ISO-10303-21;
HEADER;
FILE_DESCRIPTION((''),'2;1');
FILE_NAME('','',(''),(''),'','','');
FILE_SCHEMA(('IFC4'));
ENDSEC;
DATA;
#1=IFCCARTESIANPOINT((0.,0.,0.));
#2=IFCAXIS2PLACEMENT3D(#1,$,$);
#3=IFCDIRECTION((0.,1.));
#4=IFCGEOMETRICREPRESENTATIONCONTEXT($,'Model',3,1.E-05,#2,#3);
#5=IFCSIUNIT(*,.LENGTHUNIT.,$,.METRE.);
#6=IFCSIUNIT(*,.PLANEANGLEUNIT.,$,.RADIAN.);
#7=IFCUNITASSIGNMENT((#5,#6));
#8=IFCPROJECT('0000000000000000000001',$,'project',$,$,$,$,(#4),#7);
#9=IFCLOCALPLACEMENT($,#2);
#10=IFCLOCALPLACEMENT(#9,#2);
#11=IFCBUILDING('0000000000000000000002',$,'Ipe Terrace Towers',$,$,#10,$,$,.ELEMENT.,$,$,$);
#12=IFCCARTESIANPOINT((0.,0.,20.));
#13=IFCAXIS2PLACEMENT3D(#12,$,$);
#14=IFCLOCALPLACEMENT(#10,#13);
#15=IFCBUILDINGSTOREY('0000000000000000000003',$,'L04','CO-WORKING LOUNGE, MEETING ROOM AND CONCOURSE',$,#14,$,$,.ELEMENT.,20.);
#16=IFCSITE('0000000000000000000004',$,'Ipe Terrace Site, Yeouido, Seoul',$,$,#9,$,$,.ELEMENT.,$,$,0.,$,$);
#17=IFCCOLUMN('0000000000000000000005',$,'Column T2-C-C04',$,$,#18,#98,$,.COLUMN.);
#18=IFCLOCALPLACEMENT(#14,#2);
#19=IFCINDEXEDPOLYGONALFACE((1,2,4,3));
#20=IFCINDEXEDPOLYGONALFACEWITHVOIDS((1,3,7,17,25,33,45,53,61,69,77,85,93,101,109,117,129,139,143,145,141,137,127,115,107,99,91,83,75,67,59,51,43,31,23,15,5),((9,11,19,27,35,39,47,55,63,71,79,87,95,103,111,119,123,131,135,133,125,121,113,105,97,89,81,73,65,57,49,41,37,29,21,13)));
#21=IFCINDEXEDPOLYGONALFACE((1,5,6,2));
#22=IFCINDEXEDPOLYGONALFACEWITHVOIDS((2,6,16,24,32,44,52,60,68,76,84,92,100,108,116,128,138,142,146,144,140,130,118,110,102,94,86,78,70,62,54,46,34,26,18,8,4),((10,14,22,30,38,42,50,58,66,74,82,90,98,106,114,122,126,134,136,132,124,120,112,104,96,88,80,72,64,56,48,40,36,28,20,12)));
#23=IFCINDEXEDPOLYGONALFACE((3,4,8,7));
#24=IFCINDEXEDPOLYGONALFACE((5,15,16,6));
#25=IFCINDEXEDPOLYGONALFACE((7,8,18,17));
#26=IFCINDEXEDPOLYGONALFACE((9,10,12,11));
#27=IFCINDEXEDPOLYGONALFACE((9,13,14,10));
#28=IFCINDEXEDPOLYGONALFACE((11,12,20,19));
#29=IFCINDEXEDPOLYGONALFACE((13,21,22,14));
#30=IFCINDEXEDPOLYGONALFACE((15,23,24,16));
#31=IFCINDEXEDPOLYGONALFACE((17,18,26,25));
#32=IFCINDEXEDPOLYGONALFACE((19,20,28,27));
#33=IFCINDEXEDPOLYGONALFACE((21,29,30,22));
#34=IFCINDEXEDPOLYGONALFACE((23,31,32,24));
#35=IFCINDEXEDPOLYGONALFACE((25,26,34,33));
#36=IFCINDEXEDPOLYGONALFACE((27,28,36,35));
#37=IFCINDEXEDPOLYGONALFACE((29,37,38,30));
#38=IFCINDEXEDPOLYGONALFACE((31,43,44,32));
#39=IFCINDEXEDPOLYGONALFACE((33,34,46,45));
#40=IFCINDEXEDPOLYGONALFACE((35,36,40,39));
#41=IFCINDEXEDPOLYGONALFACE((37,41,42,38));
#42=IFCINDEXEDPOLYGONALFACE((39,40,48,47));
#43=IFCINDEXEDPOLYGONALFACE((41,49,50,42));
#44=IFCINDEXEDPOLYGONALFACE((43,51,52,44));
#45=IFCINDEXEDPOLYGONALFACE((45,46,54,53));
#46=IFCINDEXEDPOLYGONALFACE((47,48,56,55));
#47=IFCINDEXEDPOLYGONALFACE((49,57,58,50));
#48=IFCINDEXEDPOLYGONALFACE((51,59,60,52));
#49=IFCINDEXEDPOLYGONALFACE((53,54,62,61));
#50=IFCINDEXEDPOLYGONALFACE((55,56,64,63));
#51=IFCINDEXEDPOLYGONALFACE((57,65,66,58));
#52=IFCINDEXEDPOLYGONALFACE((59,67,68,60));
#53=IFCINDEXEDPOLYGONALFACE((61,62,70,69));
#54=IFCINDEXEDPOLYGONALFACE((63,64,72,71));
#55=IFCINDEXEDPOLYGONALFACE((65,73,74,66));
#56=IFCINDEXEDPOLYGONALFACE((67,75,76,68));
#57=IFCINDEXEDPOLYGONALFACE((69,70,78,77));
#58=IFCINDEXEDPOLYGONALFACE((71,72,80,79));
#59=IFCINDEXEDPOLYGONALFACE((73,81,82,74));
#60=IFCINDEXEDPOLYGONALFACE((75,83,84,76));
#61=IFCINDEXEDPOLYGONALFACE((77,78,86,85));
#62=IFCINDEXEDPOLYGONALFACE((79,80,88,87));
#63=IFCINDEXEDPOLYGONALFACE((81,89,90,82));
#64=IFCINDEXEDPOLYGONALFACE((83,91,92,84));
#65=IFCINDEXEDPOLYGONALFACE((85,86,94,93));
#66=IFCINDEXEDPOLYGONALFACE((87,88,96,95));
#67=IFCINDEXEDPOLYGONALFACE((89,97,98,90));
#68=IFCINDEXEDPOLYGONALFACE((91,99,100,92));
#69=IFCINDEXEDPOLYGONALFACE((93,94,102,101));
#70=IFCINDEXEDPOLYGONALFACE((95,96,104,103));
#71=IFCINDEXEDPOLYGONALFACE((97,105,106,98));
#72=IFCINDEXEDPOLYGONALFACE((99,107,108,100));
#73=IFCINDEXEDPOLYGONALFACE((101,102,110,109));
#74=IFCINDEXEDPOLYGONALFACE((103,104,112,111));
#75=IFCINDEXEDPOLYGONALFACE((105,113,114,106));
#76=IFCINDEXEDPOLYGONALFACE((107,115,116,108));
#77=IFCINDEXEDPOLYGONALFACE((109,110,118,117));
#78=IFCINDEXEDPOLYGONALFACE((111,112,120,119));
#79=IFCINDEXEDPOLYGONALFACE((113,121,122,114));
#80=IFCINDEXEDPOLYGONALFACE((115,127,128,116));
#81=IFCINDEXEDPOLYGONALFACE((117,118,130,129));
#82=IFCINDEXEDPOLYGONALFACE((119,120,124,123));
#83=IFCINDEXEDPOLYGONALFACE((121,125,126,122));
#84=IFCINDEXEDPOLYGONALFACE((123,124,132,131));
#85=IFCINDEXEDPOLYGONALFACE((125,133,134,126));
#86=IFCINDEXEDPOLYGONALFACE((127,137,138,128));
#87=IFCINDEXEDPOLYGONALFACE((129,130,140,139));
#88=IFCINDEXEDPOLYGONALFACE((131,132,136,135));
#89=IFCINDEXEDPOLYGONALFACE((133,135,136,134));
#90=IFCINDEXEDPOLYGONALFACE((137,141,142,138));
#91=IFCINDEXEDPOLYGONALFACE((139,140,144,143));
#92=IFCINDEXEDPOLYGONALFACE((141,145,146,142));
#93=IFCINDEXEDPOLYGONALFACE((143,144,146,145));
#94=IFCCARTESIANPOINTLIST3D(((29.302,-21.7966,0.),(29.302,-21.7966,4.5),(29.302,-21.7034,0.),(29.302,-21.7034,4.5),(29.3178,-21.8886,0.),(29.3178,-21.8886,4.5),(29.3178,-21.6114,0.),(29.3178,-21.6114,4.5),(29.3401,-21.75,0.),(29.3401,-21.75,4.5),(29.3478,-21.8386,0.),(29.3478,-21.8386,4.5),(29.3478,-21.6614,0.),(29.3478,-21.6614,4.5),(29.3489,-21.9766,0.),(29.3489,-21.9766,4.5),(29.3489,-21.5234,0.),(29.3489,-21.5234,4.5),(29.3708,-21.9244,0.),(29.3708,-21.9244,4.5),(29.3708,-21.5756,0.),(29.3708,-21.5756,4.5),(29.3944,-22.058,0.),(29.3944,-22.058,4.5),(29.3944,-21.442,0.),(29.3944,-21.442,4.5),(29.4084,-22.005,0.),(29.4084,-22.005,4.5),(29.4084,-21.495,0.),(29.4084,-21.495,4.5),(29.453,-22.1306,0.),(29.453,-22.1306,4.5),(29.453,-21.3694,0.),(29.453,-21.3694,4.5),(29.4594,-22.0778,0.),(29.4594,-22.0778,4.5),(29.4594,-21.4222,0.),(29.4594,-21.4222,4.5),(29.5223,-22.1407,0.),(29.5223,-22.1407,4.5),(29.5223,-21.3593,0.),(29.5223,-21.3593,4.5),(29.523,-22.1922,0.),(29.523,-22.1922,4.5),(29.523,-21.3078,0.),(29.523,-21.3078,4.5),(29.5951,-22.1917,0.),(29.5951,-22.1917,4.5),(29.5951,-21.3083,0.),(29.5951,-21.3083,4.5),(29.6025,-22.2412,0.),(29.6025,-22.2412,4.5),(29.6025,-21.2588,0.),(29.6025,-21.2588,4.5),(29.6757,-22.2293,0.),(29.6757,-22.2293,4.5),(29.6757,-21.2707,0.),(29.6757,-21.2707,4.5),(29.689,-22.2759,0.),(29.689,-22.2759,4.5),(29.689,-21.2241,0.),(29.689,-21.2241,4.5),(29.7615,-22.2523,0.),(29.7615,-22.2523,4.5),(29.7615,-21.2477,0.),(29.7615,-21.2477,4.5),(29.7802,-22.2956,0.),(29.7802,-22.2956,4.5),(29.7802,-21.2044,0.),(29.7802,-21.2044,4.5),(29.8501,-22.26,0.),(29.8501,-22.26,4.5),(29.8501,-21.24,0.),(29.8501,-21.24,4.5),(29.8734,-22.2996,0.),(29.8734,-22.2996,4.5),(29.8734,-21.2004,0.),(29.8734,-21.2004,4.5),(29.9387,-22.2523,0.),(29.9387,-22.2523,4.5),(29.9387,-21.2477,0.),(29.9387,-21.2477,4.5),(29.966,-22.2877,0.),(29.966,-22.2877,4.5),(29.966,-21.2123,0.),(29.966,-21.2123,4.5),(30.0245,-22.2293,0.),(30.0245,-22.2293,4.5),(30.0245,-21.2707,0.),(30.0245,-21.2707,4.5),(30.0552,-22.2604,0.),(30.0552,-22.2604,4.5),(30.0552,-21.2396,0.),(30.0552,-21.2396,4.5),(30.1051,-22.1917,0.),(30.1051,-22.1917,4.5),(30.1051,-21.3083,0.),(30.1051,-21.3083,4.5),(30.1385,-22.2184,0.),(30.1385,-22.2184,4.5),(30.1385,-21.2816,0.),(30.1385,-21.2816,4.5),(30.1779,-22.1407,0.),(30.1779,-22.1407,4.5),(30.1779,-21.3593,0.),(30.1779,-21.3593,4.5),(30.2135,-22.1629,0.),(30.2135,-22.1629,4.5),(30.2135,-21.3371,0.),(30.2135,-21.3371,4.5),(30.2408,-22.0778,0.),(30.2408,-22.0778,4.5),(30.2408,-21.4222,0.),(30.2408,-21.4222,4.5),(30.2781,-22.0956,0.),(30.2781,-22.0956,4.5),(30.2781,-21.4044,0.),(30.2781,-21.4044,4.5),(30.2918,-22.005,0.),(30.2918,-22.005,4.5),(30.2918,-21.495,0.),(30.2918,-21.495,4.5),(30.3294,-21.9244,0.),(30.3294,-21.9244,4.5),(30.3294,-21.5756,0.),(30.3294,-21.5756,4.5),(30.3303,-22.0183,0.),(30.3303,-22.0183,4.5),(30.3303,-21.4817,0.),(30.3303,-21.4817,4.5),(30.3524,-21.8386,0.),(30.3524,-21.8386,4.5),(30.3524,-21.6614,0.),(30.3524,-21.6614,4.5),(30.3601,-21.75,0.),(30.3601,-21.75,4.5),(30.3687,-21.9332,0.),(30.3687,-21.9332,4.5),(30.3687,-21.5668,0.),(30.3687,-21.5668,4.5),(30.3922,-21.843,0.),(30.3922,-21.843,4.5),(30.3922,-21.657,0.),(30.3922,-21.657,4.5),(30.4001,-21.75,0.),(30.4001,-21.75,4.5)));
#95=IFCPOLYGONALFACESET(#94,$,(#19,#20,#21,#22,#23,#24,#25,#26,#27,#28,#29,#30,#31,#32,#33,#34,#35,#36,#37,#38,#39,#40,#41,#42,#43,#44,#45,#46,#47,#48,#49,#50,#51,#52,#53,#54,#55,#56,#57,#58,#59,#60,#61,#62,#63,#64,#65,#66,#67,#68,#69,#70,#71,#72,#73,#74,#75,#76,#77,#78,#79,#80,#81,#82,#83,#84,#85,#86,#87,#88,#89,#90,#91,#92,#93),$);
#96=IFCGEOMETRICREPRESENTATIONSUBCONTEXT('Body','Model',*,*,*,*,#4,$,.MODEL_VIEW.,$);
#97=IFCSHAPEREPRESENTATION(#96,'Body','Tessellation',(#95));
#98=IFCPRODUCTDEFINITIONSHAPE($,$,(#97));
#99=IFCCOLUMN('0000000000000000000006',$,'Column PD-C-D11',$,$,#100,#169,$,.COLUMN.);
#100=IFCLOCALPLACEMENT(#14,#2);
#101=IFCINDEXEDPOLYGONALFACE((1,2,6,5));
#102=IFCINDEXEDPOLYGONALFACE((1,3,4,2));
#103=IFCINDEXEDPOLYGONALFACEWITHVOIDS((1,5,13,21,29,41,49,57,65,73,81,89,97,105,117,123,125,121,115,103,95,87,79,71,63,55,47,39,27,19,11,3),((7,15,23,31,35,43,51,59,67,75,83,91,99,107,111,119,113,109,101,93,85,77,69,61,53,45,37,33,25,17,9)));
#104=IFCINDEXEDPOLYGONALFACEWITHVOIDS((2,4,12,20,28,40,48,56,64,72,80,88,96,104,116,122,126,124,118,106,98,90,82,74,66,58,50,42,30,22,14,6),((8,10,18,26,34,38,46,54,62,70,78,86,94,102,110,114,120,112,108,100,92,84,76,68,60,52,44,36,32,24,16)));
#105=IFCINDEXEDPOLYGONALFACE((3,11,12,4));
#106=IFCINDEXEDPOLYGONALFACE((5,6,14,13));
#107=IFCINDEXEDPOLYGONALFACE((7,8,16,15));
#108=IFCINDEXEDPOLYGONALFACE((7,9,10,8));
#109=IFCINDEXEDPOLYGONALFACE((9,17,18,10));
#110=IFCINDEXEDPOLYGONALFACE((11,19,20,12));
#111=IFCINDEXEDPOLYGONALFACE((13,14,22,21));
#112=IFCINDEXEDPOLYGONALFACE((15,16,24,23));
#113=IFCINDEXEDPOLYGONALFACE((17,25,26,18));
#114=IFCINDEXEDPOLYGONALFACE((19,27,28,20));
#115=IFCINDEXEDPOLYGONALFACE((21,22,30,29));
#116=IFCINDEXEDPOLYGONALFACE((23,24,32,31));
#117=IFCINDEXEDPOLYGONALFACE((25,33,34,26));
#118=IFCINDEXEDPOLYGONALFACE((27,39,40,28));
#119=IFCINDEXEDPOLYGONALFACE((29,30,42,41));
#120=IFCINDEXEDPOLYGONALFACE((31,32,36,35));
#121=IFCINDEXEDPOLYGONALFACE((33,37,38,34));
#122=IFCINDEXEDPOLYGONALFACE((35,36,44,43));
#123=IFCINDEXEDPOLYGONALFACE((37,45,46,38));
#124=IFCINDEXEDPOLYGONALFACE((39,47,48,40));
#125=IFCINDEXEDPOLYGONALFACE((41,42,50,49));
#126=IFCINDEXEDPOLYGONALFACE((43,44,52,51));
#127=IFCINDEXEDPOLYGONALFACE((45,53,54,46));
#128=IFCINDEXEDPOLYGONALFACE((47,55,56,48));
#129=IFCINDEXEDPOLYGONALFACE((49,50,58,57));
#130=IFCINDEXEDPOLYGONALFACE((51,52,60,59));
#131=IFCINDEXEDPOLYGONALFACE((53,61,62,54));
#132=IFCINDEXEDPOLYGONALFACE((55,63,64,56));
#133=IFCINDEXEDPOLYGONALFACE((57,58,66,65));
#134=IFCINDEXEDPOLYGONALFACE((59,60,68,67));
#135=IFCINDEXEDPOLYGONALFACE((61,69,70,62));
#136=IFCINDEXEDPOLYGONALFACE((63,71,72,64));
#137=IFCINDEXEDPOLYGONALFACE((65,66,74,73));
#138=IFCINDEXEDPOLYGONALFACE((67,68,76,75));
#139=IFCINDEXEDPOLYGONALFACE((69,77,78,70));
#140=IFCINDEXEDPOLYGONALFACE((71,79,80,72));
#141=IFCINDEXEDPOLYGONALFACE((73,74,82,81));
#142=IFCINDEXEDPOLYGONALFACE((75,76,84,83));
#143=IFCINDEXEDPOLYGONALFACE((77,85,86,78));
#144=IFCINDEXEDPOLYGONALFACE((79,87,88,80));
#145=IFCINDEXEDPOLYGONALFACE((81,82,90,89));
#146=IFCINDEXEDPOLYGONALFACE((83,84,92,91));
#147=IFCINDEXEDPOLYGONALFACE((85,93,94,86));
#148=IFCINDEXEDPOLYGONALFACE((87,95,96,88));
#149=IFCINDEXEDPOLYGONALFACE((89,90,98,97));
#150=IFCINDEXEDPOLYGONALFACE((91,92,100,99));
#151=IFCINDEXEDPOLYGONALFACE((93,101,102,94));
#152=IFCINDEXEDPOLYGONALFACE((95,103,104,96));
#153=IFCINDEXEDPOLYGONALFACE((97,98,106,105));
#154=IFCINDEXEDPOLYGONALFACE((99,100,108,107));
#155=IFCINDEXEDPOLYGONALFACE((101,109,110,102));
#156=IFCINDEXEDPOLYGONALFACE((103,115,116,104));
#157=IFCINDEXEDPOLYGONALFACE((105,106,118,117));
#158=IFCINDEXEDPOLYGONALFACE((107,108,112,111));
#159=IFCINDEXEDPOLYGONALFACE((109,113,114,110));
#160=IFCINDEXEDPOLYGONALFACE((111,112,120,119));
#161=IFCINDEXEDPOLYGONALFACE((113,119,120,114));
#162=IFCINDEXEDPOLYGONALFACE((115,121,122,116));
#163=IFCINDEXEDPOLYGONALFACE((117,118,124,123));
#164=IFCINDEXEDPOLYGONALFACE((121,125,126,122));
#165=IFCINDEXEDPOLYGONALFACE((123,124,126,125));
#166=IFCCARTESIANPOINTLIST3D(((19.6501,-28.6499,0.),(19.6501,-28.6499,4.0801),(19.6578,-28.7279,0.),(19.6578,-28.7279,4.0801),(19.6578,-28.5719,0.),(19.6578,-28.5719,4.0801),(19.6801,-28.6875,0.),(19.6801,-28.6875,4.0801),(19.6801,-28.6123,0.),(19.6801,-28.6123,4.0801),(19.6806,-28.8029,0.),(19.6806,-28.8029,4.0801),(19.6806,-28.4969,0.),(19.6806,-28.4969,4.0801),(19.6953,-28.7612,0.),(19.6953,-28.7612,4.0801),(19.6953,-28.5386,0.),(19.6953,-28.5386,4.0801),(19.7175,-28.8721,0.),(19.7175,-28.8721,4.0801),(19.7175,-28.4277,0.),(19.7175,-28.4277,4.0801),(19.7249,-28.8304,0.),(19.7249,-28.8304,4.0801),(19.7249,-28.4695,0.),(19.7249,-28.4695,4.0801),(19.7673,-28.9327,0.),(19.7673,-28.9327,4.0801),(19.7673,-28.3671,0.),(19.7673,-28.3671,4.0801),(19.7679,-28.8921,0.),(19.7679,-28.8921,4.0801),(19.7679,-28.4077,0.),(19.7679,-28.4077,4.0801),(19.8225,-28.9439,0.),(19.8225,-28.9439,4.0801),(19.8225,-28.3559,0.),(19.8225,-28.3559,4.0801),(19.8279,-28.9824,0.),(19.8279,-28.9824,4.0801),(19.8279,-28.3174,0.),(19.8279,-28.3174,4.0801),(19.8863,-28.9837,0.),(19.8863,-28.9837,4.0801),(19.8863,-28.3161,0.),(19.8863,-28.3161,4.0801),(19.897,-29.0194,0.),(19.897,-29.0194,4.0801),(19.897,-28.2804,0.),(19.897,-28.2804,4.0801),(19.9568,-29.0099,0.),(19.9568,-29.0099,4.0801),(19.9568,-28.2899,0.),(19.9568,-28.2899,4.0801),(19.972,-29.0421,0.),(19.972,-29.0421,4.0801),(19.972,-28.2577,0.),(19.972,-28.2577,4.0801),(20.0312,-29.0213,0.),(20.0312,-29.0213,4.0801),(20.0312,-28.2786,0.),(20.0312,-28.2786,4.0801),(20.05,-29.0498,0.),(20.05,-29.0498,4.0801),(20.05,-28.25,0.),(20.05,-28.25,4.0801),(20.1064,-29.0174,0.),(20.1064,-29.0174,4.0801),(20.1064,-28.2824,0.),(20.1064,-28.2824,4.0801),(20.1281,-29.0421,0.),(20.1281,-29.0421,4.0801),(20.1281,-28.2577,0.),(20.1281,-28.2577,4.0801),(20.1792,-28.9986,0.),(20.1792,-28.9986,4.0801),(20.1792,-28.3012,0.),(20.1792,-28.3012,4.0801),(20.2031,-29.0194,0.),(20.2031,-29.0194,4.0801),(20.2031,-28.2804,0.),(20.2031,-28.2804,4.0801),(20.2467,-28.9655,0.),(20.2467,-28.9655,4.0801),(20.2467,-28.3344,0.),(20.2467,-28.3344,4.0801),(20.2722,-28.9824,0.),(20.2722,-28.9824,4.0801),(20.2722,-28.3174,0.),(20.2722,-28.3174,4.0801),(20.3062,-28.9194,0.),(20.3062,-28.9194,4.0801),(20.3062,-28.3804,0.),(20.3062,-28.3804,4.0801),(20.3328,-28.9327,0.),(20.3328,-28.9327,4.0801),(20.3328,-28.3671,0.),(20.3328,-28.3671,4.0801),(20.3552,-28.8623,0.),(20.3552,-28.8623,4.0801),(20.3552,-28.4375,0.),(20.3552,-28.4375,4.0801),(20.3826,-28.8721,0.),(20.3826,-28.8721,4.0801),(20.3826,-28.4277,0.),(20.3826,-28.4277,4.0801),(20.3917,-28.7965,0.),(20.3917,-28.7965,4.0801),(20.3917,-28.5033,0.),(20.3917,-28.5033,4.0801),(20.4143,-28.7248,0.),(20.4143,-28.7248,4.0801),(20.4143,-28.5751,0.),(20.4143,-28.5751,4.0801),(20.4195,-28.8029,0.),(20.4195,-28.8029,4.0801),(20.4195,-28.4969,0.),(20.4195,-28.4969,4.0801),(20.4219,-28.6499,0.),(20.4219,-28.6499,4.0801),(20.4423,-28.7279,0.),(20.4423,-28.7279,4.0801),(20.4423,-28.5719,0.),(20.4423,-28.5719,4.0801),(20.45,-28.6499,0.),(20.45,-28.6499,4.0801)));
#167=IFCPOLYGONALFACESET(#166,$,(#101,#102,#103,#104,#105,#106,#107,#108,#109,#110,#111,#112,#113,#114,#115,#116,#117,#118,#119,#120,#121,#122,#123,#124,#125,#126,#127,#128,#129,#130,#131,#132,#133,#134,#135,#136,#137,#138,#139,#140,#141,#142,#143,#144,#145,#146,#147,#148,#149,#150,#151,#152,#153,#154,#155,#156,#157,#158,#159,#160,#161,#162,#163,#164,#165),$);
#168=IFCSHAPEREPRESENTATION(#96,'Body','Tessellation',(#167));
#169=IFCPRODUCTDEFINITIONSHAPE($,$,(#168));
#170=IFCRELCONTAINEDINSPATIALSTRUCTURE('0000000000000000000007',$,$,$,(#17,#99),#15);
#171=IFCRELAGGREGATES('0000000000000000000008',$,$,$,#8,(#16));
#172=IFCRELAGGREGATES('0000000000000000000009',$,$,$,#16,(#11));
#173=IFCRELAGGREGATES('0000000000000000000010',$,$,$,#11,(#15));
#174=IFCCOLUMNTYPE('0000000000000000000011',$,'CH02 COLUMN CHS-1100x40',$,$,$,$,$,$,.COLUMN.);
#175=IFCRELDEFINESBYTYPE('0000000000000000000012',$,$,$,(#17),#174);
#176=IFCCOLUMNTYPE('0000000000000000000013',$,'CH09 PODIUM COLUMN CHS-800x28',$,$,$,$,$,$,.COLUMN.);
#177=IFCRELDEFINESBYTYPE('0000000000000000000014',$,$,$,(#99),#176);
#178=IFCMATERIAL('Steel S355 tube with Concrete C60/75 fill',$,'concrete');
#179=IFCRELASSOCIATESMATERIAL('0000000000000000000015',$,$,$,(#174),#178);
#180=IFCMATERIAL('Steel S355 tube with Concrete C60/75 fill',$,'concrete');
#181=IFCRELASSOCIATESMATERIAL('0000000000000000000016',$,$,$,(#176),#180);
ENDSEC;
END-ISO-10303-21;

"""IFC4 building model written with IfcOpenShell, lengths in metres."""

from ifc_helpers import new_model, si_unit, direction, frame, origin, origin_2d, place, context, subcontext, project, spatial, hollow_circle, extrude, material, material_profile, profile_set, type_object, element, save


model = new_model("IFC4")

# Units and contexts
model_context = context("Model", 3, precision=1e-05, world=origin(), true_north=direction((0.0, 1.0)))
body_context = subcontext(model_context, "Body", "Model", "MODEL_VIEW")
ifc_project = project(units=[si_unit("LENGTHUNIT", "METRE"), si_unit("PLANEANGLEUNIT", "RADIAN")], contexts=[model_context])

# Site, building, storey
site_placement = place(None, origin())
site = spatial("IfcSite", under=ifc_project, at=site_placement, Name="Ipe Terrace Site, Yeouido, Seoul", CompositionType="ELEMENT", RefElevation=0.0)
building_placement = place(site_placement, origin())
building = spatial("IfcBuilding", under=site, at=building_placement, Name="Ipe Terrace Towers", CompositionType="ELEMENT")
storey_placement = place(building_placement, frame((0.0, 0.0, 20.0)))
storey = spatial("IfcBuildingStorey", under=building, at=storey_placement, Name="L04", Description="CO-WORKING LOUNGE, MEETING ROOM AND CONCOURSE", CompositionType="ELEMENT", Elevation=20.0)

# Columns
ifc_material_1 = material(Name="Steel S355 tube with Concrete C60/75 fill", Category="concrete")
ifc_material_profile_1 = material_profile(ifc_material_1, hollow_circle(Radius=0.55, WallThickness=0.04, at=origin_2d()), Name="CHS-1100x40")
ifc_profile_set_1 = profile_set([ifc_material_profile_1], Name="Steel S355 tube with Concrete C60/75 fill")
column_type_1 = type_object("IfcColumnType", Name="CH02 COLUMN CHS-1100x40", PredefinedType="COLUMN", material=ifc_profile_set_1)
column_placement = place(storey_placement, frame((29.8501, -21.75, 0.0), z_axis=(0.0, 0.0, 1.0), x_axis=(1.0, 0.0, 0.0)))
element("IfcColumn", 1, at=column_placement, inside=storey, type_object=column_type_1, Name="Column T2-C-C04", PredefinedType="COLUMN", context=body_context, shape_type="SweptSolid", body=[
    extrude(hollow_circle(Radius=0.55, WallThickness=0.04, at=origin_2d()), origin(), (0.0, 0.0, 1.0), 4.5),
])
ifc_material_2 = material(Name="Steel S355 tube with Concrete C60/75 fill", Category="concrete")
ifc_material_profile_2 = material_profile(ifc_material_2, hollow_circle(Radius=0.3999, WallThickness=0.0281, at=origin_2d()), Name="CHS-800x28")
ifc_profile_set_2 = profile_set([ifc_material_profile_2], Name="Steel S355 tube with Concrete C60/75 fill")
column_type_2 = type_object("IfcColumnType", Name="CH09 PODIUM COLUMN CHS-800x28", PredefinedType="COLUMN", material=ifc_profile_set_2)
for number, where, z_axis, x_axis, name in (
    (2, (20.05, -28.6499, 0.0), (0.0, 0.0, 1.0), (1.0, 0.0, 0.0), "Column PD-C-D11"),
):
    element("IfcColumn", number, at=place(storey_placement, frame(where, z_axis=z_axis, x_axis=x_axis)), inside=storey, type_object=column_type_2, Name=name, PredefinedType="COLUMN", context=body_context, shape_type="SweptSolid", body=[
        extrude(hollow_circle(Radius=0.3999, WallThickness=0.0281, at=origin_2d()), origin(), (0.0, 0.0, 1.0), 4.0801),
    ])

save(model, "model.ifc")
